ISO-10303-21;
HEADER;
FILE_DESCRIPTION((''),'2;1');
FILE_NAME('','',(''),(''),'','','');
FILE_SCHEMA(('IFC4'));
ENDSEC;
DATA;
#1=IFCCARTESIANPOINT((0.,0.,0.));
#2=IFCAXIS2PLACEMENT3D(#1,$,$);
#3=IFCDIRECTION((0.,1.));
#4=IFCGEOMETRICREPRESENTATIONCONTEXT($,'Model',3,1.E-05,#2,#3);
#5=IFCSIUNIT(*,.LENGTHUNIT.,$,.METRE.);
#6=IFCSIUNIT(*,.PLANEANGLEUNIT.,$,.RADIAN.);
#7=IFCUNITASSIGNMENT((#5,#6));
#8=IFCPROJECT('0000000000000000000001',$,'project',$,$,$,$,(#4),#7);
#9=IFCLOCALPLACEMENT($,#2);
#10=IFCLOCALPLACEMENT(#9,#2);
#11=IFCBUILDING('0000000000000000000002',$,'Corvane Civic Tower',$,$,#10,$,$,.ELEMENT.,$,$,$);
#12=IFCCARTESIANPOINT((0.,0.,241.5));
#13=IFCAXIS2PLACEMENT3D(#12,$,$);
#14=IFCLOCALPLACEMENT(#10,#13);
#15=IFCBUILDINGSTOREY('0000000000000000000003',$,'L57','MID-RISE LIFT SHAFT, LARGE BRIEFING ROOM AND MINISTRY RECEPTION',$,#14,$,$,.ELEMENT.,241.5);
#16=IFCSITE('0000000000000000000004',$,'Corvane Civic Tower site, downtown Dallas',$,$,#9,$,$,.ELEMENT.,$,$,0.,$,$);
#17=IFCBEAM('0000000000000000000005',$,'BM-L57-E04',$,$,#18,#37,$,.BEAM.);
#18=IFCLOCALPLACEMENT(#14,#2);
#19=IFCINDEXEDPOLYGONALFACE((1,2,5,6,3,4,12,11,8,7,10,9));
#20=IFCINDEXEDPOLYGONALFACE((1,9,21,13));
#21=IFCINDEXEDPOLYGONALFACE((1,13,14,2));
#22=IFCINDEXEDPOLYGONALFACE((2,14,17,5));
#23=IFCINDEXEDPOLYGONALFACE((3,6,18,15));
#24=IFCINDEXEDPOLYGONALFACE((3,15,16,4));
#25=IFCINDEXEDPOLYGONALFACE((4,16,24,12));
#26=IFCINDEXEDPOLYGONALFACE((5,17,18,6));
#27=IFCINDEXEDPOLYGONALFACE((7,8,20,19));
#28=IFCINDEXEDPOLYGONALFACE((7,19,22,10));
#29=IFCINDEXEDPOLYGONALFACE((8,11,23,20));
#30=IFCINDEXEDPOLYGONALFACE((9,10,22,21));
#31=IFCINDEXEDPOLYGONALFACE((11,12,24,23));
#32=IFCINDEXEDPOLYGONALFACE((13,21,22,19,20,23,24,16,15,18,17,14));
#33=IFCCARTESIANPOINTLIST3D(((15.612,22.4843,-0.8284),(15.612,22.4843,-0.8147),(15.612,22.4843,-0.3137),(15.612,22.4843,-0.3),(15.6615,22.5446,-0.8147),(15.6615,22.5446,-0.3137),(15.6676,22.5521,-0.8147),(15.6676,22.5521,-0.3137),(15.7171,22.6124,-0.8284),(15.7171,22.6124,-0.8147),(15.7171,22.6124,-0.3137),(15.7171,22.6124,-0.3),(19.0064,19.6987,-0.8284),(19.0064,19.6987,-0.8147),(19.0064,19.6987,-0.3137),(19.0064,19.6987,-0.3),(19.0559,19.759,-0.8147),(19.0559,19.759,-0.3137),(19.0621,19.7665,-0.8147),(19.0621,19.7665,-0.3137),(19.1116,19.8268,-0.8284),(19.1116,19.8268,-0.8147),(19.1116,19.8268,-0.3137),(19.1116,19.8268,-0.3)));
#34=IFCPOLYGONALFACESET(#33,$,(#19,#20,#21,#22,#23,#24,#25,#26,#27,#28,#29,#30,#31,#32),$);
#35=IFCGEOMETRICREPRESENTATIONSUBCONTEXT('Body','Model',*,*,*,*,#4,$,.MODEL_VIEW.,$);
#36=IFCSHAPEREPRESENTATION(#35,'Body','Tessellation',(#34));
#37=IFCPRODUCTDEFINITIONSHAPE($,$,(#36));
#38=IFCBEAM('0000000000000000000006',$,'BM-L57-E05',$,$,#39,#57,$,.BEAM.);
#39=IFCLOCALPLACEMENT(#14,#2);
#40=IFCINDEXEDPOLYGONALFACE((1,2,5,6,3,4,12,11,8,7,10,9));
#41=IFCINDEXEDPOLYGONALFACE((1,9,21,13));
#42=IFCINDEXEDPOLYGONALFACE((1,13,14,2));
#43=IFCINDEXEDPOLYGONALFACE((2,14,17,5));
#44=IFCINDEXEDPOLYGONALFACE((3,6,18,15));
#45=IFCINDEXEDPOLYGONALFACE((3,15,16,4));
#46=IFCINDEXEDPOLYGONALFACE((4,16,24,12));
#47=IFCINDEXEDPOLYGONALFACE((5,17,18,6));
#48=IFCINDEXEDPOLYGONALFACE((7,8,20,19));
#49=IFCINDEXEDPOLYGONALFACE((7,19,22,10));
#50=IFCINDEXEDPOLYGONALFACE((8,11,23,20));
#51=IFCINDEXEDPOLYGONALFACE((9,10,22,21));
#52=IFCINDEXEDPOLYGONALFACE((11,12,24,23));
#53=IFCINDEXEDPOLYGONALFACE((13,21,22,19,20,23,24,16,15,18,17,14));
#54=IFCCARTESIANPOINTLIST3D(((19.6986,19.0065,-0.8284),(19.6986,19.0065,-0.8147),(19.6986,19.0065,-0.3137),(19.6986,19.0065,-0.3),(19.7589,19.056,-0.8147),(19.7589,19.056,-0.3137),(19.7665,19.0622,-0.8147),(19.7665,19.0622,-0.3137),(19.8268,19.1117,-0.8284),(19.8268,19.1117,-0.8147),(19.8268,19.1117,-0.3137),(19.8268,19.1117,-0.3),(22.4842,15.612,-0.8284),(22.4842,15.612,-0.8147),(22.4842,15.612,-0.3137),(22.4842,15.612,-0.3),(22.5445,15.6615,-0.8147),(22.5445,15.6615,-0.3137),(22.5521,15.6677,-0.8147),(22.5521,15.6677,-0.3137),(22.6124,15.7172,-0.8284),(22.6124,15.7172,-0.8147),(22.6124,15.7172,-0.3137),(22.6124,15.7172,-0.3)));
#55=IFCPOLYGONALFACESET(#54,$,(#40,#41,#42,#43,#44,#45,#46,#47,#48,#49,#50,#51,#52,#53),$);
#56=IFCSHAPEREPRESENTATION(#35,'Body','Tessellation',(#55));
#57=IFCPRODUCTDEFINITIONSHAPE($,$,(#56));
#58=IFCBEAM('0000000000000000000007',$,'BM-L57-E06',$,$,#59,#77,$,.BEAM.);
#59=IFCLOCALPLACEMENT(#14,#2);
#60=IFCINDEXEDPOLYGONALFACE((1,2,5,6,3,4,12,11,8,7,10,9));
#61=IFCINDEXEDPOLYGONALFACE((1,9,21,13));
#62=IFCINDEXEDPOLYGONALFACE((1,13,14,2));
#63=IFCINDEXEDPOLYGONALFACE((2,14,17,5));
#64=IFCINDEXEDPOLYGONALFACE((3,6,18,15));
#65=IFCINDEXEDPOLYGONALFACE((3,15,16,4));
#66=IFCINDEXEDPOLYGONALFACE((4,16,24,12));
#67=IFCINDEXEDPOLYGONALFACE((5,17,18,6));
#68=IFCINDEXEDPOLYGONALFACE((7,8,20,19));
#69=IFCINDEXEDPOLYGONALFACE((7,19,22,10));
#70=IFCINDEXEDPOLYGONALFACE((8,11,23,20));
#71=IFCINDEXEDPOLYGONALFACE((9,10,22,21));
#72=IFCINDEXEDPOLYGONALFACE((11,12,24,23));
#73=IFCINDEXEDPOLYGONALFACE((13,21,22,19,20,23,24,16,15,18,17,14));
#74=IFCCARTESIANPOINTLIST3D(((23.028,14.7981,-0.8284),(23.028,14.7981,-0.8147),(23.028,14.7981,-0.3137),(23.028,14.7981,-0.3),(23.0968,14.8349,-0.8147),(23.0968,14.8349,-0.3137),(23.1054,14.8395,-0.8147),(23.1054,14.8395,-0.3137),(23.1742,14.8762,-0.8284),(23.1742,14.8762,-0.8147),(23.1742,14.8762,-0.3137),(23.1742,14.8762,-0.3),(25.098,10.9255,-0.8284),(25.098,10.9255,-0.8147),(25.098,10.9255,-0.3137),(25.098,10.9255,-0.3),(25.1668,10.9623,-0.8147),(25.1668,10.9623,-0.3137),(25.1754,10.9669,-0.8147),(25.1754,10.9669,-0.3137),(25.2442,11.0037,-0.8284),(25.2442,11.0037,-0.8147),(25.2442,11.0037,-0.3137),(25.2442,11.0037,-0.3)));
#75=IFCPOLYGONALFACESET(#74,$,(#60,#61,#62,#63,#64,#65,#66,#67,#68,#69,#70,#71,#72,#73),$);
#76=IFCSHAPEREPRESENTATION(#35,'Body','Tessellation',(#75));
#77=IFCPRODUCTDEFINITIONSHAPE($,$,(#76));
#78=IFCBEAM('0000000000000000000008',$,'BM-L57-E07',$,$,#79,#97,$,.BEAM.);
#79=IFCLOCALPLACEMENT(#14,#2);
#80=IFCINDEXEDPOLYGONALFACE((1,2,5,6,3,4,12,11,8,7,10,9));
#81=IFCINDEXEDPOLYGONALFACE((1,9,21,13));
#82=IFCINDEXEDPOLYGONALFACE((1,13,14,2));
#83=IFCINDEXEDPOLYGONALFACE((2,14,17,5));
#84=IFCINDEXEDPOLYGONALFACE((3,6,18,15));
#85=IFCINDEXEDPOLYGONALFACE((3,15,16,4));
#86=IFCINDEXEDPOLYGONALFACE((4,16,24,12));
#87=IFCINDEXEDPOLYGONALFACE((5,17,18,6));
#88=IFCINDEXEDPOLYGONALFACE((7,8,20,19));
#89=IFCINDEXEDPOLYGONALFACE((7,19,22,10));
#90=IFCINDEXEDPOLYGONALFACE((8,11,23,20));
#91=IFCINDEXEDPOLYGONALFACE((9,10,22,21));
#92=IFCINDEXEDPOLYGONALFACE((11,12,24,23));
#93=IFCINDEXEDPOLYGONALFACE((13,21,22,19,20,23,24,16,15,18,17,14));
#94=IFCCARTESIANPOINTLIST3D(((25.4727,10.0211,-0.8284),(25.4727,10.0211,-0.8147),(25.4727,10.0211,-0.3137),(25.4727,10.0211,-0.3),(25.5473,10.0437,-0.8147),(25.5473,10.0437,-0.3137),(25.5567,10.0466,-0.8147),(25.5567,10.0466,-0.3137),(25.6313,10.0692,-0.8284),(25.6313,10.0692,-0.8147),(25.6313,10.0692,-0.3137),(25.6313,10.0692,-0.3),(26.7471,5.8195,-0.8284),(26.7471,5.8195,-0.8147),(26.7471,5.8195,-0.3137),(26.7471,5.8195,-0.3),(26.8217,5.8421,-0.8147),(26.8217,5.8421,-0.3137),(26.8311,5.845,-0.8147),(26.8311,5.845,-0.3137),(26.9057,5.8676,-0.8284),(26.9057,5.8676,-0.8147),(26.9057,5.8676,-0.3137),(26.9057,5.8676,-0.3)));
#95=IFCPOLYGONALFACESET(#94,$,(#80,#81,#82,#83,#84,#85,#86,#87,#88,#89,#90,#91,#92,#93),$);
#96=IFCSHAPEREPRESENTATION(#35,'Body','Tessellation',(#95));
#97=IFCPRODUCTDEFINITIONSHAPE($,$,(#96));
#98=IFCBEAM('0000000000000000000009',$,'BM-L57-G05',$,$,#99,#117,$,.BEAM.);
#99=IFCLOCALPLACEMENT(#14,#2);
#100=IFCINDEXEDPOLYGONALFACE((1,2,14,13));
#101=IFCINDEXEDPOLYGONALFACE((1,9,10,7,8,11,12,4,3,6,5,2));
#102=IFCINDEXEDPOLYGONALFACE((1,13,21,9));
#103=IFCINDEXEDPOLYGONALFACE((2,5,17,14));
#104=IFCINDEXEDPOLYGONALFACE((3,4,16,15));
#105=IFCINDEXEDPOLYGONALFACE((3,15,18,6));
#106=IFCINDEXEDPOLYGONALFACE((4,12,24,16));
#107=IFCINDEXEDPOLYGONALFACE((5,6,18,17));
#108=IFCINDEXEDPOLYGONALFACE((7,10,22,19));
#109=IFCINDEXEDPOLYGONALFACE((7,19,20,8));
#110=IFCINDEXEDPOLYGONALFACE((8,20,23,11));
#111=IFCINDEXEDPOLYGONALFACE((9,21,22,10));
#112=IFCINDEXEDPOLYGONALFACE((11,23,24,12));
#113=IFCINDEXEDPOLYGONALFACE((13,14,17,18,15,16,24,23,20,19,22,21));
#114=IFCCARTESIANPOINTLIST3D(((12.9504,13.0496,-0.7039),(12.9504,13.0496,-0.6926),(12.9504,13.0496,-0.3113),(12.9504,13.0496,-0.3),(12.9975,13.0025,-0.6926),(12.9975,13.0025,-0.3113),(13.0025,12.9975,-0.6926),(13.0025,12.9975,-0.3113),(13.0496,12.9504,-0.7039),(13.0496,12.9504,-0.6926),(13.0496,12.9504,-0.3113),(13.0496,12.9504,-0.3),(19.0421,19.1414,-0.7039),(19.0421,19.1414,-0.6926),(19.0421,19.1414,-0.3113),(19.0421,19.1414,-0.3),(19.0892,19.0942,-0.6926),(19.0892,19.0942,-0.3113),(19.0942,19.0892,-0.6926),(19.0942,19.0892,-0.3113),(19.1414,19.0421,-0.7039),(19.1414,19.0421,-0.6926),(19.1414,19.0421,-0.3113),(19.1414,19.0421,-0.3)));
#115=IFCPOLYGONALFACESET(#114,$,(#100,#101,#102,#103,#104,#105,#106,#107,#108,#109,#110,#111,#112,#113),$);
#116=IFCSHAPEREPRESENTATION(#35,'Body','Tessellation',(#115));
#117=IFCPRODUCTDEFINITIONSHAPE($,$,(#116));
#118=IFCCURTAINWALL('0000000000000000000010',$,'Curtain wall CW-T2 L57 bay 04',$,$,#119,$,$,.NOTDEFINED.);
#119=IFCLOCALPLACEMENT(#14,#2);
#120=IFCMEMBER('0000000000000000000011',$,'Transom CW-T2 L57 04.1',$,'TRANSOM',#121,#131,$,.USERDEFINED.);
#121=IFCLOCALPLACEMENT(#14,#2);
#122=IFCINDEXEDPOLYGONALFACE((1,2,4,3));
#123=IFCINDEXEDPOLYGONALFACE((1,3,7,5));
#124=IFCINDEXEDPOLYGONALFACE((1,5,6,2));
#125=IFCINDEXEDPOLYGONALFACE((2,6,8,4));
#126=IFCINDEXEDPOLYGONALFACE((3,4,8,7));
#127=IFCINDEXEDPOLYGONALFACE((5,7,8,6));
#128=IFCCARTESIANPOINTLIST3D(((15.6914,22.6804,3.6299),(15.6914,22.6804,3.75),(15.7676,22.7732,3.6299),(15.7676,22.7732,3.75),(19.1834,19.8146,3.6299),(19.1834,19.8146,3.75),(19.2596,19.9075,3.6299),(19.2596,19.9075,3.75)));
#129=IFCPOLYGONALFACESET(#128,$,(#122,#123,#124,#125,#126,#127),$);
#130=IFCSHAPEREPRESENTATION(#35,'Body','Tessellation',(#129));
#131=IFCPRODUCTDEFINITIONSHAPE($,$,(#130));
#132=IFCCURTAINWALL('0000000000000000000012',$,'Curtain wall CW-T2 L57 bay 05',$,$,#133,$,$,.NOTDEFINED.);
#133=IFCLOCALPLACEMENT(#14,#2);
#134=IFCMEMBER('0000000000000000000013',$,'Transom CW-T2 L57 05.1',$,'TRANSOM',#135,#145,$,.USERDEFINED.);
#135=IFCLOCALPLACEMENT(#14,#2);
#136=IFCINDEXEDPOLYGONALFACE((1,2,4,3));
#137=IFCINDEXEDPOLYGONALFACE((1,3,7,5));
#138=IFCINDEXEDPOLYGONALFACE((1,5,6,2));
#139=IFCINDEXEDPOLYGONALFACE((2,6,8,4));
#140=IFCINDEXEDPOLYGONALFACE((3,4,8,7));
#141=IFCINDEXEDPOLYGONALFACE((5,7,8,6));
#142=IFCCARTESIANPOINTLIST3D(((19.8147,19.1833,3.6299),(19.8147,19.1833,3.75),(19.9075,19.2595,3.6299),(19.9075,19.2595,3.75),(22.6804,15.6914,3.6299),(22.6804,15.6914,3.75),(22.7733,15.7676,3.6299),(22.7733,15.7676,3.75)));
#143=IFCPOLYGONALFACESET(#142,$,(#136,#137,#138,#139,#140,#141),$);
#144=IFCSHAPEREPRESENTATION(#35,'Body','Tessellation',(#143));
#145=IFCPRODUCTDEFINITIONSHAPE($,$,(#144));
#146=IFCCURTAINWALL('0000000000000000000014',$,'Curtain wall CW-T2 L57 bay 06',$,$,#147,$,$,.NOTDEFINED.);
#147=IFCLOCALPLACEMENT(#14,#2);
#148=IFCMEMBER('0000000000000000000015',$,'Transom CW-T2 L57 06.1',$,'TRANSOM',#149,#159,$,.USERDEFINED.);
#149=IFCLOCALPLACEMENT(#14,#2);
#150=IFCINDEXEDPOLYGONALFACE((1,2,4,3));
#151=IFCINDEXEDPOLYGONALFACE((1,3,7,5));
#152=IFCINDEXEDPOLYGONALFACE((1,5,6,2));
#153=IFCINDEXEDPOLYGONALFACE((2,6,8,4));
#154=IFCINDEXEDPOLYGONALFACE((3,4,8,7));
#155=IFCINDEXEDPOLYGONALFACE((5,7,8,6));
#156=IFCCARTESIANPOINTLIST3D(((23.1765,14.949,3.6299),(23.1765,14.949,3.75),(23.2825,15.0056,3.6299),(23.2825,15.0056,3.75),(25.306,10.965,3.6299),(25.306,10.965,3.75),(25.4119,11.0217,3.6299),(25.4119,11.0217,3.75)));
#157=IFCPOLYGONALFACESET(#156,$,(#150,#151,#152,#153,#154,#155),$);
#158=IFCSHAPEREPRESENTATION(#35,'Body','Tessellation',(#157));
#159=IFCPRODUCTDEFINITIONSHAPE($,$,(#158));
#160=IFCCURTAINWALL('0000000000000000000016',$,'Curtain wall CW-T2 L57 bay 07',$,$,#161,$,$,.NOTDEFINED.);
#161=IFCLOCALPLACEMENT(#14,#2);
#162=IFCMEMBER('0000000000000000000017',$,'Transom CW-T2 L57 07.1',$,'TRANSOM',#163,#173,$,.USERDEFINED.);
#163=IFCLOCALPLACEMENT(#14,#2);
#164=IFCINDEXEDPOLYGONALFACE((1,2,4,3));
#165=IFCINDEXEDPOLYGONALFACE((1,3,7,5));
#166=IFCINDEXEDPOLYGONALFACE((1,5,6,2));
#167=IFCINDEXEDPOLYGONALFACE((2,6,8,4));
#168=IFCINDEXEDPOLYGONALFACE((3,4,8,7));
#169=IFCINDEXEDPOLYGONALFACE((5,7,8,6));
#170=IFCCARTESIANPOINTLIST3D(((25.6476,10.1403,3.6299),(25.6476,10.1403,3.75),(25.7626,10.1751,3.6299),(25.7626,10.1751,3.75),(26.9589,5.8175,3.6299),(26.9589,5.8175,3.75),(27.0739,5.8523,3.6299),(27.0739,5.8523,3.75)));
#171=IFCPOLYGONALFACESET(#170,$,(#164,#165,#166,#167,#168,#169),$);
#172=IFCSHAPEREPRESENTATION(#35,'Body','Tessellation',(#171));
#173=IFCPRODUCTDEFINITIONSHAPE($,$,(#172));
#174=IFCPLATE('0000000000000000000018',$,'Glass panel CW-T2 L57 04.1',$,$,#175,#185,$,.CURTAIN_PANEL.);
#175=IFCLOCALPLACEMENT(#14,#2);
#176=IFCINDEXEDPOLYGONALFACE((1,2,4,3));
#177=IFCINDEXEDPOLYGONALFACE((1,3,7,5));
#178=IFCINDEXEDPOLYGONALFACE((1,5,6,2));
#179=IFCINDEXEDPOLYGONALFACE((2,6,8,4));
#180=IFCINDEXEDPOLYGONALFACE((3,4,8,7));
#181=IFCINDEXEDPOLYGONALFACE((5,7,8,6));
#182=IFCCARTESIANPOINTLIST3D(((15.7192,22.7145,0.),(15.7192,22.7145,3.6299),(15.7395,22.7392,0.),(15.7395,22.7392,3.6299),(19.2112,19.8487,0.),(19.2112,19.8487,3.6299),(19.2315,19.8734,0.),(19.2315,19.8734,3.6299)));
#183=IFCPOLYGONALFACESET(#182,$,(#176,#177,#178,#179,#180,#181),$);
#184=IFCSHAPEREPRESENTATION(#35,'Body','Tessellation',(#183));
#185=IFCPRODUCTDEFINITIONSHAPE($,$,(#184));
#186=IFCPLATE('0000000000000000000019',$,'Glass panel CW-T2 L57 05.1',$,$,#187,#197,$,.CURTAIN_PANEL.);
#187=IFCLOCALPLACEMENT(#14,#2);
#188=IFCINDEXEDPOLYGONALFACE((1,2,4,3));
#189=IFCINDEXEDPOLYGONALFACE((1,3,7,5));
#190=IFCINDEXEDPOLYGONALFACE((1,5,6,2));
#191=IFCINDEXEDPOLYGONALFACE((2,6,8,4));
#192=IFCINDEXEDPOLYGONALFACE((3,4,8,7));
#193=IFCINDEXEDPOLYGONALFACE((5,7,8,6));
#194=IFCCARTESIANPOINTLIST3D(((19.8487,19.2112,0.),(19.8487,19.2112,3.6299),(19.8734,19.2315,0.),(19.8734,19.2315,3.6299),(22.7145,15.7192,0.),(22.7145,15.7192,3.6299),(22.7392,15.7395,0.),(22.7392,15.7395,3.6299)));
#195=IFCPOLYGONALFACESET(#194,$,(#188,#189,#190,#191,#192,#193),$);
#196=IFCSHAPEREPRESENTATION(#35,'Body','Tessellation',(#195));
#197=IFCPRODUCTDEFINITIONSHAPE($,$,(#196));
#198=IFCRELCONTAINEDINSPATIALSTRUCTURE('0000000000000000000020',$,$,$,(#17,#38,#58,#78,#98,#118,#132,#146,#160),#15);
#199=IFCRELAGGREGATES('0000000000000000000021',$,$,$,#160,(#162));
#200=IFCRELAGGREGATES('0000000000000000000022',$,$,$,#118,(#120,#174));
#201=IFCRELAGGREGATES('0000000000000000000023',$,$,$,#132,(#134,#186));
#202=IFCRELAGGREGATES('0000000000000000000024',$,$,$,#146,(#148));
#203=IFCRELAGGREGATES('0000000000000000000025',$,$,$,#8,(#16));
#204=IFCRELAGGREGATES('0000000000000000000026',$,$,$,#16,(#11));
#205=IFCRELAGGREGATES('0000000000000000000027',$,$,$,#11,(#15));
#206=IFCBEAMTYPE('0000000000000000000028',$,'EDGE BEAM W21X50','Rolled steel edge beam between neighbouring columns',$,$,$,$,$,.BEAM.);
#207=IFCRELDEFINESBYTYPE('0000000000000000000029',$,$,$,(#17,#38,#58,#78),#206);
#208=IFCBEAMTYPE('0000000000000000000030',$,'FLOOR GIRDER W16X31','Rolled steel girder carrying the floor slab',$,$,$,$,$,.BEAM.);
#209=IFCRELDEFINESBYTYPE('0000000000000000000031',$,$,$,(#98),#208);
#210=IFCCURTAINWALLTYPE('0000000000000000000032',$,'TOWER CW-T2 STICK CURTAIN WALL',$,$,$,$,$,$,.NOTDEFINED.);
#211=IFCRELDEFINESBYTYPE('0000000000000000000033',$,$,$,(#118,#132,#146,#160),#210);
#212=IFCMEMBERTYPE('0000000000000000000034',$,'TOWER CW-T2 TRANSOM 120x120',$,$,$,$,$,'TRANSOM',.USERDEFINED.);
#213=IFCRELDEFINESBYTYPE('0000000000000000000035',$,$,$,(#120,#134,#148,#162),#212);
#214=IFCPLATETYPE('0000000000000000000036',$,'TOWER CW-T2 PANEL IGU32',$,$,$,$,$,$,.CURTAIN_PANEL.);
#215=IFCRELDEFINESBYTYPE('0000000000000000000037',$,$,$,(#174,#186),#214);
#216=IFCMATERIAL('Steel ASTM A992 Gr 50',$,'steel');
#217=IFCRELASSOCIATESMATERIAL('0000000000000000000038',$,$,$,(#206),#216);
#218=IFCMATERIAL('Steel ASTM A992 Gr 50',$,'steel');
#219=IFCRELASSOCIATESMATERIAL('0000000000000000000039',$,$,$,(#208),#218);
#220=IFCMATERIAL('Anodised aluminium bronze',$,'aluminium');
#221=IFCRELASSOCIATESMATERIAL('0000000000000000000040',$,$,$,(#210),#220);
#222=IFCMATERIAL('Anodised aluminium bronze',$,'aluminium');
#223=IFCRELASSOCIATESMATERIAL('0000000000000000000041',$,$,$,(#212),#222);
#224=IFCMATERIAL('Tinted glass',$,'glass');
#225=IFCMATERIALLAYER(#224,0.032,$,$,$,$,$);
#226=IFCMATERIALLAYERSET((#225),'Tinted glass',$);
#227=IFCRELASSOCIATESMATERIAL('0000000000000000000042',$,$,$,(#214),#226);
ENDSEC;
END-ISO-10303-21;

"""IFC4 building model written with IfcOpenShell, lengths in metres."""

from ifc_helpers import new_model, si_unit, direction, frame, origin, origin_2d, place, context, subcontext, project, spatial, rectangle, i_section, extrude, material, layer, layer_set, material_profile, profile_set, type_object, element, aggregate, save


model = new_model("IFC4")

# Units and contexts
model_context = context("Model", 3, precision=1e-05, world=origin(), true_north=direction((0.0, 1.0)))
body_context = subcontext(model_context, "Body", "Model", "MODEL_VIEW")
ifc_project = project(units=[si_unit("LENGTHUNIT", "METRE"), si_unit("PLANEANGLEUNIT", "RADIAN")], contexts=[model_context])

# Site, building, storey
site_placement = place(None, origin())
site = spatial("IfcSite", under=ifc_project, at=site_placement, Name="Corvane Civic Tower site, downtown Dallas", CompositionType="ELEMENT", RefElevation=0.0)
building_placement = place(site_placement, origin())
building = spatial("IfcBuilding", under=site, at=building_placement, Name="Corvane Civic Tower", CompositionType="ELEMENT")
storey_placement = place(building_placement, frame((0.0, 0.0, 241.5)))
storey = spatial("IfcBuildingStorey", under=building, at=storey_placement, Name="L57", Description="MID-RISE LIFT SHAFT, LARGE BRIEFING ROOM AND MINISTRY RECEPTION", CompositionType="ELEMENT", Elevation=241.5)

# Beams
ifc_material_1 = material(Name="Steel ASTM A992 Gr 50", Category="steel")
ifc_material_profile_1 = material_profile(ifc_material_1, i_section(OverallWidth=0.1658, OverallDepth=0.5283, WebThickness=0.0098, FlangeThickness=0.0137, at=origin_2d()), Name="W21X50")
ifc_profile_set_1 = profile_set([ifc_material_profile_1], Name="Steel ASTM A992 Gr 50")
beam_type_1 = type_object("IfcBeamType", Name="EDGE BEAM W21X50", Description="Rolled steel edge beam between neighbouring columns", PredefinedType="BEAM", material=ifc_profile_set_1)
for number, where, z_axis, x_axis, name in (
    (1, (15.6646, 22.5483, -0.5642), (0.77303, -0.634369, 0.0), (0.634369, 0.77303, 0.0), "BM-L57-E04"),
    (2, (19.7627, 19.0591, -0.5642), (0.634369, -0.77303, 0.0), (0.77303, 0.634369, 0.0), "BM-L57-E05"),
    (3, (23.1011, 14.8372, -0.5642), (0.471422, -0.881908, 0.0), (0.881908, 0.471422, 0.0), "BM-L57-E06"),
):
    element("IfcBeam", number, at=place(storey_placement, frame(where, z_axis=z_axis, x_axis=x_axis)), inside=storey, type_object=beam_type_1, Name=name, PredefinedType="BEAM", context=body_context, shape_type="SweptSolid", body=[
        extrude(i_section(OverallWidth=0.1658, OverallDepth=0.5283, WebThickness=0.0098, FlangeThickness=0.0137, at=origin_2d()), origin(), (0.0, 0.0, 1.0), 4.3911),
    ])
beam_1_placement = place(storey_placement, frame((25.552, 10.0452, -0.5642), z_axis=(0.290254, -0.95695, 0.0), x_axis=(0.95695, 0.290254, 0.0)))
element("IfcBeam", 4, at=beam_1_placement, inside=storey, type_object=beam_type_1, Name="BM-L57-E07", PredefinedType="BEAM", context=body_context, shape_type="SweptSolid", body=[
    extrude(i_section(OverallWidth=0.1658, OverallDepth=0.5283, WebThickness=0.0098, FlangeThickness=0.0137, at=origin_2d()), origin(), (0.0, 0.0, 1.0), 4.3906),
])
ifc_material_2 = material(Name="Steel ASTM A992 Gr 50", Category="steel")
ifc_material_profile_2 = material_profile(ifc_material_2, i_section(OverallWidth=0.1404, OverallDepth=0.4038, WebThickness=0.0071, FlangeThickness=0.0112, at=origin_2d()), Name="W16X31")
ifc_profile_set_2 = profile_set([ifc_material_profile_2], Name="Steel ASTM A992 Gr 50")
beam_type_2 = type_object("IfcBeamType", Name="FLOOR GIRDER W16X31", Description="Rolled steel girder carrying the floor slab", PredefinedType="BEAM", material=ifc_profile_set_2)
beam_2_placement = place(storey_placement, frame((13.0, 13.0, -0.502), z_axis=(0.707107, 0.707107, 0.0), x_axis=(-0.707107, 0.707107, 0.0)))
element("IfcBeam", 5, at=beam_2_placement, inside=storey, type_object=beam_type_2, Name="BM-L57-G05", PredefinedType="BEAM", context=body_context, shape_type="SweptSolid", body=[
    extrude(i_section(OverallWidth=0.1404, OverallDepth=0.4038, WebThickness=0.0071, FlangeThickness=0.0112, at=origin_2d()), origin(), (0.0, 0.0, 1.0), 8.615),
])

# Curtain walls, members
ifc_material_3 = material(Name="Anodised aluminium bronze", Category="aluminium")
curtain_wall_type = type_object("IfcCurtainWallType", Name="TOWER CW-T2 STICK CURTAIN WALL", PredefinedType="NOTDEFINED", material=ifc_material_3)
curtain_wall_1_placement = place(storey_placement, origin())
curtain_wall_1 = element("IfcCurtainWall", 6, at=curtain_wall_1_placement, inside=storey, type_object=curtain_wall_type, Name="Curtain wall CW-T2 L57 bay 04", PredefinedType="NOTDEFINED")
ifc_material_4 = material(Name="Anodised aluminium bronze", Category="aluminium")
ifc_material_profile_3 = material_profile(ifc_material_4, rectangle(XDim=0.1201, YDim=0.1201, at=origin_2d()), Name="TOWER CW-T2 TRANSOM 120x120")
ifc_profile_set_3 = profile_set([ifc_material_profile_3], Name="Anodised aluminium bronze")
member_type = type_object("IfcMemberType", Name="TOWER CW-T2 TRANSOM 120x120", ElementType="TRANSOM", PredefinedType="USERDEFINED", material=ifc_profile_set_3)
member_1_placement = place(storey_placement, frame((15.7295, 22.7268, 3.6899), z_axis=(0.773015, -0.634388, 0.0), x_axis=(0.634388, 0.773015, 0.0)))
member_1 = element("IfcMember", 7, at=member_1_placement, type_object=member_type, Name="Transom CW-T2 L57 04.1", ObjectType="TRANSOM", PredefinedType="USERDEFINED", context=body_context, shape_type="SweptSolid", body=[
    extrude(rectangle(XDim=0.1201, YDim=0.1201, at=origin_2d()), origin(), (0.0, 0.0, 1.0), 4.5173),
])
curtain_wall_2_placement = place(storey_placement, origin())
curtain_wall_2 = element("IfcCurtainWall", 8, at=curtain_wall_2_placement, inside=storey, type_object=curtain_wall_type, Name="Curtain wall CW-T2 L57 bay 05", PredefinedType="NOTDEFINED")
member_2_placement = place(storey_placement, frame((19.8611, 19.2214, 3.6899), z_axis=(0.634388, -0.773015, 0.0), x_axis=(0.773015, 0.634388, 0.0)))
member_2 = element("IfcMember", 9, at=member_2_placement, type_object=member_type, Name="Transom CW-T2 L57 05.1", ObjectType="TRANSOM", PredefinedType="USERDEFINED", context=body_context, shape_type="SweptSolid", body=[
    extrude(rectangle(XDim=0.1201, YDim=0.1201, at=origin_2d()), origin(), (0.0, 0.0, 1.0), 4.5173),
])
curtain_wall_3_placement = place(storey_placement, origin())
curtain_wall_3 = element("IfcCurtainWall", 10, at=curtain_wall_3_placement, inside=storey, type_object=curtain_wall_type, Name="Curtain wall CW-T2 L57 bay 06", PredefinedType="NOTDEFINED")
member_3_placement = place(storey_placement, frame((23.2295, 14.9773, 3.6899), z_axis=(0.47139, -0.881925, 0.0), x_axis=(0.881925, 0.47139, 0.0)))
member_3 = element("IfcMember", 11, at=member_3_placement, type_object=member_type, Name="Transom CW-T2 L57 06.1", ObjectType="TRANSOM", PredefinedType="USERDEFINED", context=body_context, shape_type="SweptSolid", body=[
    extrude(rectangle(XDim=0.1201, YDim=0.1201, at=origin_2d()), origin(), (0.0, 0.0, 1.0), 4.5173),
])
curtain_wall_4_placement = place(storey_placement, origin())
curtain_wall_4 = element("IfcCurtainWall", 12, at=curtain_wall_4_placement, inside=storey, type_object=curtain_wall_type, Name="Curtain wall CW-T2 L57 bay 07", PredefinedType="NOTDEFINED")
member_4_placement = place(storey_placement, frame((25.7051, 10.1577, 3.6899), z_axis=(0.290282, -0.956941, 0.0), x_axis=(0.956941, 0.290282, 0.0)))
member_4 = element("IfcMember", 13, at=member_4_placement, type_object=member_type, Name="Transom CW-T2 L57 07.1", ObjectType="TRANSOM", PredefinedType="USERDEFINED", context=body_context, shape_type="SweptSolid", body=[
    extrude(rectangle(XDim=0.1201, YDim=0.1201, at=origin_2d()), origin(), (0.0, 0.0, 1.0), 4.5173),
])
aggregate(curtain_wall_4, [member_4])

# Plates
ifc_material_5 = material(Name="Tinted glass", Category="glass")
ifc_layer_1 = layer(ifc_material_5, 0.032)
ifc_layer_set_1 = layer_set([ifc_layer_1], Name="Tinted glass")
plate_type = type_object("IfcPlateType", Name="TOWER CW-T2 PANEL IGU32", PredefinedType="CURTAIN_PANEL", material=ifc_layer_set_1)
plate_1_placement = place(storey_placement, frame((17.4753, 21.2939, 0.0), z_axis=(0.0, 0.0, 1.0), x_axis=(0.773012, -0.634391, 0.0)))
plate_1 = element("IfcPlate", 14, at=plate_1_placement, type_object=plate_type, Name="Glass panel CW-T2 L57 04.1", PredefinedType="CURTAIN_PANEL", context=body_context, shape_type="SweptSolid", body=[
    extrude(rectangle(XDim=4.5173, YDim=0.032, at=origin_2d()), origin(), (0.0, 0.0, 1.0), 3.6299),
])
aggregate(curtain_wall_1, [member_1, plate_1])
plate_2_placement = place(storey_placement, frame((21.2939, 17.4753, 0.0), z_axis=(0.0, 0.0, 1.0), x_axis=(0.634391, -0.773012, 0.0)))
plate_2 = element("IfcPlate", 15, at=plate_2_placement, type_object=plate_type, Name="Glass panel CW-T2 L57 05.1", PredefinedType="CURTAIN_PANEL", context=body_context, shape_type="SweptSolid", body=[
    extrude(rectangle(XDim=4.5173, YDim=0.032, at=origin_2d()), origin(), (0.0, 0.0, 1.0), 3.6299),
])
aggregate(curtain_wall_2, [member_2, plate_2])
aggregate(curtain_wall_3, [member_3])

save(model, "model.ifc")
